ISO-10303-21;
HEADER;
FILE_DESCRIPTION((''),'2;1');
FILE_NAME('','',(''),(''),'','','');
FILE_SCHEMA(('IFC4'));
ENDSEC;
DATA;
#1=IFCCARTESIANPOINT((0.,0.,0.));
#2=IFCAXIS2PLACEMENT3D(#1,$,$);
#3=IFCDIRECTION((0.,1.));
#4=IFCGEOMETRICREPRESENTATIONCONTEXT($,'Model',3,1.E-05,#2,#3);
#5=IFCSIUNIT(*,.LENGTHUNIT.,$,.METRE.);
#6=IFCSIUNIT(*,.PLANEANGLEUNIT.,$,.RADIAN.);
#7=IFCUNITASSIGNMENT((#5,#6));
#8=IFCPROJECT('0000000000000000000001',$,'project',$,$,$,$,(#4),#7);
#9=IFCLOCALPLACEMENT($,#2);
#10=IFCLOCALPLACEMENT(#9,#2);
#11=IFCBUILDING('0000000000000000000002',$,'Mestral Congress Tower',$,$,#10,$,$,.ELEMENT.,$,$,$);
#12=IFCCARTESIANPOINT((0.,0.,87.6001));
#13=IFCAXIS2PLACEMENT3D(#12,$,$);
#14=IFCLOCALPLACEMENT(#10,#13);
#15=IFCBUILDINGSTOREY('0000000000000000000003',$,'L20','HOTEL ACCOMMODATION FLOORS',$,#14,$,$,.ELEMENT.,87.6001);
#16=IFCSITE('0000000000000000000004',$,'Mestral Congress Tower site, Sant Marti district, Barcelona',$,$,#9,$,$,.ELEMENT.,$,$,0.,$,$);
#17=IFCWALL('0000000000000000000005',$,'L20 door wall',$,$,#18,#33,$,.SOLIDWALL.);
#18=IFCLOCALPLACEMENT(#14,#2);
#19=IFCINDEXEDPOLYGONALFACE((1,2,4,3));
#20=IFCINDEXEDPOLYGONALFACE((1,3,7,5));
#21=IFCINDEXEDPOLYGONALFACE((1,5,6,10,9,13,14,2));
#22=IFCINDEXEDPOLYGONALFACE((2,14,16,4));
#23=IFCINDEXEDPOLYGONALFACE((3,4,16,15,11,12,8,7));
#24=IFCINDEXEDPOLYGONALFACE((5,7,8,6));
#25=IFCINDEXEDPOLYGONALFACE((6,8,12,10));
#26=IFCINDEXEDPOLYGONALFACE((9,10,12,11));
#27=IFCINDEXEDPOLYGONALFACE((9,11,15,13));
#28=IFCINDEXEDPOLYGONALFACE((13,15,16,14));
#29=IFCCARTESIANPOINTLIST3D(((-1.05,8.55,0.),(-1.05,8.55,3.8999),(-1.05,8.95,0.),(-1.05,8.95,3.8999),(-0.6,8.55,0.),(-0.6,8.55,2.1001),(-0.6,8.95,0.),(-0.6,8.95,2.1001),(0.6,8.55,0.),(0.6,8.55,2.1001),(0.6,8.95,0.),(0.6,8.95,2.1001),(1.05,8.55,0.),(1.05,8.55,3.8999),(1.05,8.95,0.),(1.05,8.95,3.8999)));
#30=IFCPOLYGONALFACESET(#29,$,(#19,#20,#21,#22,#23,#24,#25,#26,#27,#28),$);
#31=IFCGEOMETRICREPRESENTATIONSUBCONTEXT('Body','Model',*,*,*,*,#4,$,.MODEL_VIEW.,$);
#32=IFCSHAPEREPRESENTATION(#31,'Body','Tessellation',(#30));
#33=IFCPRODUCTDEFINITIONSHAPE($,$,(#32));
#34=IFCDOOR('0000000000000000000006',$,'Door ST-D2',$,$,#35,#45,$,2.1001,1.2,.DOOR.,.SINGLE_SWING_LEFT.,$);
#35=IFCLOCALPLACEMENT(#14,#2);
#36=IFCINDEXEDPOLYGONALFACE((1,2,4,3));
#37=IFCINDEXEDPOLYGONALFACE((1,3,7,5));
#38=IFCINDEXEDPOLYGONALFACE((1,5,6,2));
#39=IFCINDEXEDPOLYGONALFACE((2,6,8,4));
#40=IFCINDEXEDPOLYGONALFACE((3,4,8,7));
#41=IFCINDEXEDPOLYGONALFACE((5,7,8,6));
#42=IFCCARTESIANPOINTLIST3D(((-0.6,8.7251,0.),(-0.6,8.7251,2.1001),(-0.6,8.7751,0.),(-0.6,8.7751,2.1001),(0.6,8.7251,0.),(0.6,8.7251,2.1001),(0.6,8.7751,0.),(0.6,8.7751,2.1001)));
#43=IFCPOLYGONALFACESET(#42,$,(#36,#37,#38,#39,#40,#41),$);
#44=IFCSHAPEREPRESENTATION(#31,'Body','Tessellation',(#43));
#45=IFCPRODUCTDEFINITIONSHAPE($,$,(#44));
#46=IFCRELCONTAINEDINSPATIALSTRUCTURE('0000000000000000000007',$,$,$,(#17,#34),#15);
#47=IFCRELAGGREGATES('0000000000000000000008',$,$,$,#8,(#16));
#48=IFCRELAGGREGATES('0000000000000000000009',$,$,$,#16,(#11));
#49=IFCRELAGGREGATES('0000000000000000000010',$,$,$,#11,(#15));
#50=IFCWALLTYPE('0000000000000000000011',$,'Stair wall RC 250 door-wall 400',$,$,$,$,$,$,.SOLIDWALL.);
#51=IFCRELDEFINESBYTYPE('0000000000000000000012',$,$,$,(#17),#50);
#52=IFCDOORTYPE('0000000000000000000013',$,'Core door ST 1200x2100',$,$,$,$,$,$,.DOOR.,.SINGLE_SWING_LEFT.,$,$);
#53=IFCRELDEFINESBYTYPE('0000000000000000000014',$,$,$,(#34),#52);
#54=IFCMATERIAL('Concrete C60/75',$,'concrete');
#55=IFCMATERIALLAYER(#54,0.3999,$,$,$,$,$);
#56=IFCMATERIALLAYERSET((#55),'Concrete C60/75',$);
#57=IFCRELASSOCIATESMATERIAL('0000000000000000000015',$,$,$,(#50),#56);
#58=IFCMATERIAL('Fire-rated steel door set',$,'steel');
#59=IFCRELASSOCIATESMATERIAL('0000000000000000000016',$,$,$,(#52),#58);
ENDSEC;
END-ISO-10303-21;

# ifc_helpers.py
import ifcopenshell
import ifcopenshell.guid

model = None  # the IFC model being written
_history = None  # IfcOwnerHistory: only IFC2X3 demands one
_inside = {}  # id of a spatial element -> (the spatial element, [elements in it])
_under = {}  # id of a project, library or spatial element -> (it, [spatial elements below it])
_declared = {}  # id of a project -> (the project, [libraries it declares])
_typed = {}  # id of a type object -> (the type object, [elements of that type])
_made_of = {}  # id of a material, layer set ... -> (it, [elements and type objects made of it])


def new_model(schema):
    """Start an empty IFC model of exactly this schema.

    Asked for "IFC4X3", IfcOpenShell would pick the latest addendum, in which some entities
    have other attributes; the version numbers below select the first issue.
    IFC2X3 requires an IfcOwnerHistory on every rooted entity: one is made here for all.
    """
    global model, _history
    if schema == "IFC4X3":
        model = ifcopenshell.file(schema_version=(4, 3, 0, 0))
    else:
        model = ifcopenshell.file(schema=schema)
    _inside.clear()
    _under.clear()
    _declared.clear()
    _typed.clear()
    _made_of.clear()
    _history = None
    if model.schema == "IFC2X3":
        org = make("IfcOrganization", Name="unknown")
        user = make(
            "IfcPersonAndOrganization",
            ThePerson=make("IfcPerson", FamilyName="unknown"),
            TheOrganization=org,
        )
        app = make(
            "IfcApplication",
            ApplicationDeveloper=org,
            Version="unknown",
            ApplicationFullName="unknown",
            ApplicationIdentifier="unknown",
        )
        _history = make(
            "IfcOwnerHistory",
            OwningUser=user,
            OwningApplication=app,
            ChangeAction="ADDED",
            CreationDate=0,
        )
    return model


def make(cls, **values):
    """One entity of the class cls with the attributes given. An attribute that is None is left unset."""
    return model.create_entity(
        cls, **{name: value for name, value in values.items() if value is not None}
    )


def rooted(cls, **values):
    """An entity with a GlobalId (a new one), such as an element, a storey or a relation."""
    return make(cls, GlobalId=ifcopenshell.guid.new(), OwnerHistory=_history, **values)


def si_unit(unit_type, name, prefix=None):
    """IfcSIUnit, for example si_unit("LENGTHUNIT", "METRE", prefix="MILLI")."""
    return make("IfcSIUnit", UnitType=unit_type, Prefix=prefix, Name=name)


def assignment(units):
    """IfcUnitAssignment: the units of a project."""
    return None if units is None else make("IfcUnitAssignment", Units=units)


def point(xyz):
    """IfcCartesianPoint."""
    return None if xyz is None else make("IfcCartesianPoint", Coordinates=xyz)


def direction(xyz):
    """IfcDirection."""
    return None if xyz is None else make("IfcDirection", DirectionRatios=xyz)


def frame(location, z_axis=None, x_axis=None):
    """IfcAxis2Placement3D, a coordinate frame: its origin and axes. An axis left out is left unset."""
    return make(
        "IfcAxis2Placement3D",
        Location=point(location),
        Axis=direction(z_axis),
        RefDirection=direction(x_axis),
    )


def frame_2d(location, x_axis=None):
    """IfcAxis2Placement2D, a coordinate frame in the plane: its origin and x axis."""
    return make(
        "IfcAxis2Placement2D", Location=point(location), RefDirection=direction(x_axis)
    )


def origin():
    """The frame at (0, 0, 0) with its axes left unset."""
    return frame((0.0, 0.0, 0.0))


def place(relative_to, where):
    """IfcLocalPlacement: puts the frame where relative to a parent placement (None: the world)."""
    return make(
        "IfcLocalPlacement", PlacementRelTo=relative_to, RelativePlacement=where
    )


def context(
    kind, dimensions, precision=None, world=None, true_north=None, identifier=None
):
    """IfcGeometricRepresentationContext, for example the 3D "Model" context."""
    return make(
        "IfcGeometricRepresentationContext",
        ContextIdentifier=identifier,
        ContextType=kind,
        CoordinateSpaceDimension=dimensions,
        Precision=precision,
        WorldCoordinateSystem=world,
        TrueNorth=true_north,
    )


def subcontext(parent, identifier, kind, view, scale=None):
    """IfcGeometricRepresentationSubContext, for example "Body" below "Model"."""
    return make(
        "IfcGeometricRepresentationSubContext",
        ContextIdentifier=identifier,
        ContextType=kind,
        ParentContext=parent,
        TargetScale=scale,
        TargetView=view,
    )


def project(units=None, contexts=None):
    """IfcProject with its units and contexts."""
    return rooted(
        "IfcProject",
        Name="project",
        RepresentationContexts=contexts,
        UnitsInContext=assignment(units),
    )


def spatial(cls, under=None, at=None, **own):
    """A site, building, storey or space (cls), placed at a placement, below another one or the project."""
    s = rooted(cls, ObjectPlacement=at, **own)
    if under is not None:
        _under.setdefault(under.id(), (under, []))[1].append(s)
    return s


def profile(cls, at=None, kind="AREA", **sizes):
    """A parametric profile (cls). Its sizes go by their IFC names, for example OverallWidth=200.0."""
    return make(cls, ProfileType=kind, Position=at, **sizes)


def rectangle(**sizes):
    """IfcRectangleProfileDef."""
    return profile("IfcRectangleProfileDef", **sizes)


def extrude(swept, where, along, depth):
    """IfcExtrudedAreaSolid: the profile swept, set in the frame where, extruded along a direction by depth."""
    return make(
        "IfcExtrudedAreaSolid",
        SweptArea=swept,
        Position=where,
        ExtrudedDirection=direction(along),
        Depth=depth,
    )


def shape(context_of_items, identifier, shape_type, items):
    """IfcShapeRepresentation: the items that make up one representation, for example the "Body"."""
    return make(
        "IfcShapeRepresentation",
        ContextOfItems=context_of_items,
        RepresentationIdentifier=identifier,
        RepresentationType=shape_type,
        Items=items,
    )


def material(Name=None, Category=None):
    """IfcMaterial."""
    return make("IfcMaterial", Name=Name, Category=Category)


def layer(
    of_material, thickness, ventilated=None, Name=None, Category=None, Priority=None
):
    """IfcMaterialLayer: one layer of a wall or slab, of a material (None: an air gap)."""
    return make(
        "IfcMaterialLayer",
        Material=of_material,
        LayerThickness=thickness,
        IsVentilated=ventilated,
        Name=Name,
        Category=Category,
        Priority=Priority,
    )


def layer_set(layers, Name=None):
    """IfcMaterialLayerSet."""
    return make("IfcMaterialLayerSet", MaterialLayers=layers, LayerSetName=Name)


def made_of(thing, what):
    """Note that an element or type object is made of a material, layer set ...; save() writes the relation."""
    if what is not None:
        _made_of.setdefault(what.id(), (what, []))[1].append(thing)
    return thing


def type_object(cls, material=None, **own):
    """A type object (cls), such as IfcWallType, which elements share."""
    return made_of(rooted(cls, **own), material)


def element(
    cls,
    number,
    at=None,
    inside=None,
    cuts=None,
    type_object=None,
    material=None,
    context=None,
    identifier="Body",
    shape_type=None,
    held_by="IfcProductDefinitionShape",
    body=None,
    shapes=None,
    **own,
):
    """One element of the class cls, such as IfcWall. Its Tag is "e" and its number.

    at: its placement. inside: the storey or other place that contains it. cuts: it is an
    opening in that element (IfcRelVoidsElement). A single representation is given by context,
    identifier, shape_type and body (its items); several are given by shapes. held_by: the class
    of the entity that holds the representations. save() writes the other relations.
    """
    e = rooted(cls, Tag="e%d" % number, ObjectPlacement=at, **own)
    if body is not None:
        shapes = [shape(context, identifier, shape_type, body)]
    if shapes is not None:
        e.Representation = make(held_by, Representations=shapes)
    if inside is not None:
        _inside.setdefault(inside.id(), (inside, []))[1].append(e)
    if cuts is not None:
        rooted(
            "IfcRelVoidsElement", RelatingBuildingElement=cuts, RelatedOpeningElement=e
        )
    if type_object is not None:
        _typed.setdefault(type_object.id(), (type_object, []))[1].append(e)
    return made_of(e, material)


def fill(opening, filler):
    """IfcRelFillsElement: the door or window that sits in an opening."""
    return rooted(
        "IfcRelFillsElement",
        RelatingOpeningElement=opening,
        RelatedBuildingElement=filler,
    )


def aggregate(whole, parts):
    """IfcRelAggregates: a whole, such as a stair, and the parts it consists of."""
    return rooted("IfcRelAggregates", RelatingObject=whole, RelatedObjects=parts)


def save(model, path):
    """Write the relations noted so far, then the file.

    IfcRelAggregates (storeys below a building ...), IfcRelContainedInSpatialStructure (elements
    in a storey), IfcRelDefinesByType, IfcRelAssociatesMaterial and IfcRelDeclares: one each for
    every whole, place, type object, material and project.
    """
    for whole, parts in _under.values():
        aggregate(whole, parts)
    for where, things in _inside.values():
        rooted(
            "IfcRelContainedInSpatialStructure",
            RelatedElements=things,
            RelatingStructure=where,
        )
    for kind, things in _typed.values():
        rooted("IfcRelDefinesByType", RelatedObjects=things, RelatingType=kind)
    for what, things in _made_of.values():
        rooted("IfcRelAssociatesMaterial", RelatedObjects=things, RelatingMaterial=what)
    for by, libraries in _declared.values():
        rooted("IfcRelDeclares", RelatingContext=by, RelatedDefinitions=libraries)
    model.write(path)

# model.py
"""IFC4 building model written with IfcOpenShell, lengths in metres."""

from ifc_helpers import new_model, si_unit, direction, frame, frame_2d, origin, place, context, subcontext, project, spatial, rectangle, extrude, material, layer, layer_set, type_object, element, fill, save


model = new_model("IFC4")

# Units and contexts
model_context = context("Model", 3, precision=1e-05, world=origin(), true_north=direction((0.0, 1.0)))
body_context = subcontext(model_context, "Body", "Model", "MODEL_VIEW")
ifc_project = project(units=[si_unit("LENGTHUNIT", "METRE"), si_unit("PLANEANGLEUNIT", "RADIAN")], contexts=[model_context])

# Site, building, storey
site_placement = place(None, origin())
site = spatial("IfcSite", under=ifc_project, at=site_placement, Name="Mestral Congress Tower site, Sant Marti district, Barcelona", CompositionType="ELEMENT", RefElevation=0.0)
building_placement = place(site_placement, origin())
building = spatial("IfcBuilding", under=site, at=building_placement, Name="Mestral Congress Tower", CompositionType="ELEMENT")
storey_placement = place(building_placement, frame((0.0, 0.0, 87.6001)))
storey = spatial("IfcBuildingStorey", under=building, at=storey_placement, Name="L20", Description="HOTEL ACCOMMODATION FLOORS", CompositionType="ELEMENT", Elevation=87.6001)

# Shared definitions
ifc_material_1 = material(Name="Fire-rated steel door set", Category="steel")

# Shared definitions
ifc_material_2 = material(Name="Concrete C60/75", Category="concrete")

# Wall, opening, door
ifc_layer_1 = layer(ifc_material_2, 0.3999)
ifc_layer_set_1 = layer_set([ifc_layer_1], Name="Concrete C60/75")
wall_type_1 = type_object("IfcWallType", Name="Stair wall RC 250 door-wall 400", PredefinedType="SOLIDWALL", material=ifc_layer_set_1)
wall_1_placement = place(storey_placement, frame((1.05, 8.75, 0.0), z_axis=(0.0, 0.0, 1.0), x_axis=(-1.0, 0.0, 0.0)))
wall_1 = element("IfcWall", 1, at=wall_1_placement, inside=storey, type_object=wall_type_1, Name="L20 door wall", PredefinedType="SOLIDWALL", context=body_context, shape_type="SweptSolid", body=[
    extrude(rectangle(XDim=2.1001, YDim=0.3999, at=frame_2d((1.05, 0.0))), origin(), (0.0, 0.0, 1.0), 3.8999),
])
opening_1_placement = place(wall_1_placement, frame((0.45, 0.0, 0.0)))
opening_1 = element("IfcOpeningElement", 2, at=opening_1_placement, cuts=wall_1, PredefinedType="OPENING", context=body_context, shape_type="SweptSolid", body=[
    extrude(rectangle(XDim=1.2, YDim=2.1001, at=frame_2d((0.6001, 1.05))), frame((0.0, 0.21, 0.0), z_axis=(0.0, -1.0, 0.0), x_axis=(1.0, 0.0, 0.0)), (0.0, 0.0, 1.0), 0.4199),
])
door_type_1 = type_object("IfcDoorType", Name="Core door ST 1200x2100", OperationType="SINGLE_SWING_LEFT", PredefinedType="DOOR", material=ifc_material_1)
door_1_placement = place(opening_1_placement, origin())
door_1 = element("IfcDoor", 3, at=door_1_placement, inside=storey, type_object=door_type_1, Name="Door ST-D2", OperationType="SINGLE_SWING_LEFT", OverallHeight=2.1001, OverallWidth=1.2, PredefinedType="DOOR", context=body_context, shape_type="SweptSolid", body=[
    extrude(rectangle(XDim=1.2, YDim=2.1001, at=frame_2d((0.6001, 1.05))), frame((0.0, 0.0249, 0.0), z_axis=(0.0, -1.0, 0.0), x_axis=(1.0, 0.0, 0.0)), (0.0, 0.0, 1.0), 0.05),
])
fill(opening_1, door_1)

save(model, "model.ifc")
